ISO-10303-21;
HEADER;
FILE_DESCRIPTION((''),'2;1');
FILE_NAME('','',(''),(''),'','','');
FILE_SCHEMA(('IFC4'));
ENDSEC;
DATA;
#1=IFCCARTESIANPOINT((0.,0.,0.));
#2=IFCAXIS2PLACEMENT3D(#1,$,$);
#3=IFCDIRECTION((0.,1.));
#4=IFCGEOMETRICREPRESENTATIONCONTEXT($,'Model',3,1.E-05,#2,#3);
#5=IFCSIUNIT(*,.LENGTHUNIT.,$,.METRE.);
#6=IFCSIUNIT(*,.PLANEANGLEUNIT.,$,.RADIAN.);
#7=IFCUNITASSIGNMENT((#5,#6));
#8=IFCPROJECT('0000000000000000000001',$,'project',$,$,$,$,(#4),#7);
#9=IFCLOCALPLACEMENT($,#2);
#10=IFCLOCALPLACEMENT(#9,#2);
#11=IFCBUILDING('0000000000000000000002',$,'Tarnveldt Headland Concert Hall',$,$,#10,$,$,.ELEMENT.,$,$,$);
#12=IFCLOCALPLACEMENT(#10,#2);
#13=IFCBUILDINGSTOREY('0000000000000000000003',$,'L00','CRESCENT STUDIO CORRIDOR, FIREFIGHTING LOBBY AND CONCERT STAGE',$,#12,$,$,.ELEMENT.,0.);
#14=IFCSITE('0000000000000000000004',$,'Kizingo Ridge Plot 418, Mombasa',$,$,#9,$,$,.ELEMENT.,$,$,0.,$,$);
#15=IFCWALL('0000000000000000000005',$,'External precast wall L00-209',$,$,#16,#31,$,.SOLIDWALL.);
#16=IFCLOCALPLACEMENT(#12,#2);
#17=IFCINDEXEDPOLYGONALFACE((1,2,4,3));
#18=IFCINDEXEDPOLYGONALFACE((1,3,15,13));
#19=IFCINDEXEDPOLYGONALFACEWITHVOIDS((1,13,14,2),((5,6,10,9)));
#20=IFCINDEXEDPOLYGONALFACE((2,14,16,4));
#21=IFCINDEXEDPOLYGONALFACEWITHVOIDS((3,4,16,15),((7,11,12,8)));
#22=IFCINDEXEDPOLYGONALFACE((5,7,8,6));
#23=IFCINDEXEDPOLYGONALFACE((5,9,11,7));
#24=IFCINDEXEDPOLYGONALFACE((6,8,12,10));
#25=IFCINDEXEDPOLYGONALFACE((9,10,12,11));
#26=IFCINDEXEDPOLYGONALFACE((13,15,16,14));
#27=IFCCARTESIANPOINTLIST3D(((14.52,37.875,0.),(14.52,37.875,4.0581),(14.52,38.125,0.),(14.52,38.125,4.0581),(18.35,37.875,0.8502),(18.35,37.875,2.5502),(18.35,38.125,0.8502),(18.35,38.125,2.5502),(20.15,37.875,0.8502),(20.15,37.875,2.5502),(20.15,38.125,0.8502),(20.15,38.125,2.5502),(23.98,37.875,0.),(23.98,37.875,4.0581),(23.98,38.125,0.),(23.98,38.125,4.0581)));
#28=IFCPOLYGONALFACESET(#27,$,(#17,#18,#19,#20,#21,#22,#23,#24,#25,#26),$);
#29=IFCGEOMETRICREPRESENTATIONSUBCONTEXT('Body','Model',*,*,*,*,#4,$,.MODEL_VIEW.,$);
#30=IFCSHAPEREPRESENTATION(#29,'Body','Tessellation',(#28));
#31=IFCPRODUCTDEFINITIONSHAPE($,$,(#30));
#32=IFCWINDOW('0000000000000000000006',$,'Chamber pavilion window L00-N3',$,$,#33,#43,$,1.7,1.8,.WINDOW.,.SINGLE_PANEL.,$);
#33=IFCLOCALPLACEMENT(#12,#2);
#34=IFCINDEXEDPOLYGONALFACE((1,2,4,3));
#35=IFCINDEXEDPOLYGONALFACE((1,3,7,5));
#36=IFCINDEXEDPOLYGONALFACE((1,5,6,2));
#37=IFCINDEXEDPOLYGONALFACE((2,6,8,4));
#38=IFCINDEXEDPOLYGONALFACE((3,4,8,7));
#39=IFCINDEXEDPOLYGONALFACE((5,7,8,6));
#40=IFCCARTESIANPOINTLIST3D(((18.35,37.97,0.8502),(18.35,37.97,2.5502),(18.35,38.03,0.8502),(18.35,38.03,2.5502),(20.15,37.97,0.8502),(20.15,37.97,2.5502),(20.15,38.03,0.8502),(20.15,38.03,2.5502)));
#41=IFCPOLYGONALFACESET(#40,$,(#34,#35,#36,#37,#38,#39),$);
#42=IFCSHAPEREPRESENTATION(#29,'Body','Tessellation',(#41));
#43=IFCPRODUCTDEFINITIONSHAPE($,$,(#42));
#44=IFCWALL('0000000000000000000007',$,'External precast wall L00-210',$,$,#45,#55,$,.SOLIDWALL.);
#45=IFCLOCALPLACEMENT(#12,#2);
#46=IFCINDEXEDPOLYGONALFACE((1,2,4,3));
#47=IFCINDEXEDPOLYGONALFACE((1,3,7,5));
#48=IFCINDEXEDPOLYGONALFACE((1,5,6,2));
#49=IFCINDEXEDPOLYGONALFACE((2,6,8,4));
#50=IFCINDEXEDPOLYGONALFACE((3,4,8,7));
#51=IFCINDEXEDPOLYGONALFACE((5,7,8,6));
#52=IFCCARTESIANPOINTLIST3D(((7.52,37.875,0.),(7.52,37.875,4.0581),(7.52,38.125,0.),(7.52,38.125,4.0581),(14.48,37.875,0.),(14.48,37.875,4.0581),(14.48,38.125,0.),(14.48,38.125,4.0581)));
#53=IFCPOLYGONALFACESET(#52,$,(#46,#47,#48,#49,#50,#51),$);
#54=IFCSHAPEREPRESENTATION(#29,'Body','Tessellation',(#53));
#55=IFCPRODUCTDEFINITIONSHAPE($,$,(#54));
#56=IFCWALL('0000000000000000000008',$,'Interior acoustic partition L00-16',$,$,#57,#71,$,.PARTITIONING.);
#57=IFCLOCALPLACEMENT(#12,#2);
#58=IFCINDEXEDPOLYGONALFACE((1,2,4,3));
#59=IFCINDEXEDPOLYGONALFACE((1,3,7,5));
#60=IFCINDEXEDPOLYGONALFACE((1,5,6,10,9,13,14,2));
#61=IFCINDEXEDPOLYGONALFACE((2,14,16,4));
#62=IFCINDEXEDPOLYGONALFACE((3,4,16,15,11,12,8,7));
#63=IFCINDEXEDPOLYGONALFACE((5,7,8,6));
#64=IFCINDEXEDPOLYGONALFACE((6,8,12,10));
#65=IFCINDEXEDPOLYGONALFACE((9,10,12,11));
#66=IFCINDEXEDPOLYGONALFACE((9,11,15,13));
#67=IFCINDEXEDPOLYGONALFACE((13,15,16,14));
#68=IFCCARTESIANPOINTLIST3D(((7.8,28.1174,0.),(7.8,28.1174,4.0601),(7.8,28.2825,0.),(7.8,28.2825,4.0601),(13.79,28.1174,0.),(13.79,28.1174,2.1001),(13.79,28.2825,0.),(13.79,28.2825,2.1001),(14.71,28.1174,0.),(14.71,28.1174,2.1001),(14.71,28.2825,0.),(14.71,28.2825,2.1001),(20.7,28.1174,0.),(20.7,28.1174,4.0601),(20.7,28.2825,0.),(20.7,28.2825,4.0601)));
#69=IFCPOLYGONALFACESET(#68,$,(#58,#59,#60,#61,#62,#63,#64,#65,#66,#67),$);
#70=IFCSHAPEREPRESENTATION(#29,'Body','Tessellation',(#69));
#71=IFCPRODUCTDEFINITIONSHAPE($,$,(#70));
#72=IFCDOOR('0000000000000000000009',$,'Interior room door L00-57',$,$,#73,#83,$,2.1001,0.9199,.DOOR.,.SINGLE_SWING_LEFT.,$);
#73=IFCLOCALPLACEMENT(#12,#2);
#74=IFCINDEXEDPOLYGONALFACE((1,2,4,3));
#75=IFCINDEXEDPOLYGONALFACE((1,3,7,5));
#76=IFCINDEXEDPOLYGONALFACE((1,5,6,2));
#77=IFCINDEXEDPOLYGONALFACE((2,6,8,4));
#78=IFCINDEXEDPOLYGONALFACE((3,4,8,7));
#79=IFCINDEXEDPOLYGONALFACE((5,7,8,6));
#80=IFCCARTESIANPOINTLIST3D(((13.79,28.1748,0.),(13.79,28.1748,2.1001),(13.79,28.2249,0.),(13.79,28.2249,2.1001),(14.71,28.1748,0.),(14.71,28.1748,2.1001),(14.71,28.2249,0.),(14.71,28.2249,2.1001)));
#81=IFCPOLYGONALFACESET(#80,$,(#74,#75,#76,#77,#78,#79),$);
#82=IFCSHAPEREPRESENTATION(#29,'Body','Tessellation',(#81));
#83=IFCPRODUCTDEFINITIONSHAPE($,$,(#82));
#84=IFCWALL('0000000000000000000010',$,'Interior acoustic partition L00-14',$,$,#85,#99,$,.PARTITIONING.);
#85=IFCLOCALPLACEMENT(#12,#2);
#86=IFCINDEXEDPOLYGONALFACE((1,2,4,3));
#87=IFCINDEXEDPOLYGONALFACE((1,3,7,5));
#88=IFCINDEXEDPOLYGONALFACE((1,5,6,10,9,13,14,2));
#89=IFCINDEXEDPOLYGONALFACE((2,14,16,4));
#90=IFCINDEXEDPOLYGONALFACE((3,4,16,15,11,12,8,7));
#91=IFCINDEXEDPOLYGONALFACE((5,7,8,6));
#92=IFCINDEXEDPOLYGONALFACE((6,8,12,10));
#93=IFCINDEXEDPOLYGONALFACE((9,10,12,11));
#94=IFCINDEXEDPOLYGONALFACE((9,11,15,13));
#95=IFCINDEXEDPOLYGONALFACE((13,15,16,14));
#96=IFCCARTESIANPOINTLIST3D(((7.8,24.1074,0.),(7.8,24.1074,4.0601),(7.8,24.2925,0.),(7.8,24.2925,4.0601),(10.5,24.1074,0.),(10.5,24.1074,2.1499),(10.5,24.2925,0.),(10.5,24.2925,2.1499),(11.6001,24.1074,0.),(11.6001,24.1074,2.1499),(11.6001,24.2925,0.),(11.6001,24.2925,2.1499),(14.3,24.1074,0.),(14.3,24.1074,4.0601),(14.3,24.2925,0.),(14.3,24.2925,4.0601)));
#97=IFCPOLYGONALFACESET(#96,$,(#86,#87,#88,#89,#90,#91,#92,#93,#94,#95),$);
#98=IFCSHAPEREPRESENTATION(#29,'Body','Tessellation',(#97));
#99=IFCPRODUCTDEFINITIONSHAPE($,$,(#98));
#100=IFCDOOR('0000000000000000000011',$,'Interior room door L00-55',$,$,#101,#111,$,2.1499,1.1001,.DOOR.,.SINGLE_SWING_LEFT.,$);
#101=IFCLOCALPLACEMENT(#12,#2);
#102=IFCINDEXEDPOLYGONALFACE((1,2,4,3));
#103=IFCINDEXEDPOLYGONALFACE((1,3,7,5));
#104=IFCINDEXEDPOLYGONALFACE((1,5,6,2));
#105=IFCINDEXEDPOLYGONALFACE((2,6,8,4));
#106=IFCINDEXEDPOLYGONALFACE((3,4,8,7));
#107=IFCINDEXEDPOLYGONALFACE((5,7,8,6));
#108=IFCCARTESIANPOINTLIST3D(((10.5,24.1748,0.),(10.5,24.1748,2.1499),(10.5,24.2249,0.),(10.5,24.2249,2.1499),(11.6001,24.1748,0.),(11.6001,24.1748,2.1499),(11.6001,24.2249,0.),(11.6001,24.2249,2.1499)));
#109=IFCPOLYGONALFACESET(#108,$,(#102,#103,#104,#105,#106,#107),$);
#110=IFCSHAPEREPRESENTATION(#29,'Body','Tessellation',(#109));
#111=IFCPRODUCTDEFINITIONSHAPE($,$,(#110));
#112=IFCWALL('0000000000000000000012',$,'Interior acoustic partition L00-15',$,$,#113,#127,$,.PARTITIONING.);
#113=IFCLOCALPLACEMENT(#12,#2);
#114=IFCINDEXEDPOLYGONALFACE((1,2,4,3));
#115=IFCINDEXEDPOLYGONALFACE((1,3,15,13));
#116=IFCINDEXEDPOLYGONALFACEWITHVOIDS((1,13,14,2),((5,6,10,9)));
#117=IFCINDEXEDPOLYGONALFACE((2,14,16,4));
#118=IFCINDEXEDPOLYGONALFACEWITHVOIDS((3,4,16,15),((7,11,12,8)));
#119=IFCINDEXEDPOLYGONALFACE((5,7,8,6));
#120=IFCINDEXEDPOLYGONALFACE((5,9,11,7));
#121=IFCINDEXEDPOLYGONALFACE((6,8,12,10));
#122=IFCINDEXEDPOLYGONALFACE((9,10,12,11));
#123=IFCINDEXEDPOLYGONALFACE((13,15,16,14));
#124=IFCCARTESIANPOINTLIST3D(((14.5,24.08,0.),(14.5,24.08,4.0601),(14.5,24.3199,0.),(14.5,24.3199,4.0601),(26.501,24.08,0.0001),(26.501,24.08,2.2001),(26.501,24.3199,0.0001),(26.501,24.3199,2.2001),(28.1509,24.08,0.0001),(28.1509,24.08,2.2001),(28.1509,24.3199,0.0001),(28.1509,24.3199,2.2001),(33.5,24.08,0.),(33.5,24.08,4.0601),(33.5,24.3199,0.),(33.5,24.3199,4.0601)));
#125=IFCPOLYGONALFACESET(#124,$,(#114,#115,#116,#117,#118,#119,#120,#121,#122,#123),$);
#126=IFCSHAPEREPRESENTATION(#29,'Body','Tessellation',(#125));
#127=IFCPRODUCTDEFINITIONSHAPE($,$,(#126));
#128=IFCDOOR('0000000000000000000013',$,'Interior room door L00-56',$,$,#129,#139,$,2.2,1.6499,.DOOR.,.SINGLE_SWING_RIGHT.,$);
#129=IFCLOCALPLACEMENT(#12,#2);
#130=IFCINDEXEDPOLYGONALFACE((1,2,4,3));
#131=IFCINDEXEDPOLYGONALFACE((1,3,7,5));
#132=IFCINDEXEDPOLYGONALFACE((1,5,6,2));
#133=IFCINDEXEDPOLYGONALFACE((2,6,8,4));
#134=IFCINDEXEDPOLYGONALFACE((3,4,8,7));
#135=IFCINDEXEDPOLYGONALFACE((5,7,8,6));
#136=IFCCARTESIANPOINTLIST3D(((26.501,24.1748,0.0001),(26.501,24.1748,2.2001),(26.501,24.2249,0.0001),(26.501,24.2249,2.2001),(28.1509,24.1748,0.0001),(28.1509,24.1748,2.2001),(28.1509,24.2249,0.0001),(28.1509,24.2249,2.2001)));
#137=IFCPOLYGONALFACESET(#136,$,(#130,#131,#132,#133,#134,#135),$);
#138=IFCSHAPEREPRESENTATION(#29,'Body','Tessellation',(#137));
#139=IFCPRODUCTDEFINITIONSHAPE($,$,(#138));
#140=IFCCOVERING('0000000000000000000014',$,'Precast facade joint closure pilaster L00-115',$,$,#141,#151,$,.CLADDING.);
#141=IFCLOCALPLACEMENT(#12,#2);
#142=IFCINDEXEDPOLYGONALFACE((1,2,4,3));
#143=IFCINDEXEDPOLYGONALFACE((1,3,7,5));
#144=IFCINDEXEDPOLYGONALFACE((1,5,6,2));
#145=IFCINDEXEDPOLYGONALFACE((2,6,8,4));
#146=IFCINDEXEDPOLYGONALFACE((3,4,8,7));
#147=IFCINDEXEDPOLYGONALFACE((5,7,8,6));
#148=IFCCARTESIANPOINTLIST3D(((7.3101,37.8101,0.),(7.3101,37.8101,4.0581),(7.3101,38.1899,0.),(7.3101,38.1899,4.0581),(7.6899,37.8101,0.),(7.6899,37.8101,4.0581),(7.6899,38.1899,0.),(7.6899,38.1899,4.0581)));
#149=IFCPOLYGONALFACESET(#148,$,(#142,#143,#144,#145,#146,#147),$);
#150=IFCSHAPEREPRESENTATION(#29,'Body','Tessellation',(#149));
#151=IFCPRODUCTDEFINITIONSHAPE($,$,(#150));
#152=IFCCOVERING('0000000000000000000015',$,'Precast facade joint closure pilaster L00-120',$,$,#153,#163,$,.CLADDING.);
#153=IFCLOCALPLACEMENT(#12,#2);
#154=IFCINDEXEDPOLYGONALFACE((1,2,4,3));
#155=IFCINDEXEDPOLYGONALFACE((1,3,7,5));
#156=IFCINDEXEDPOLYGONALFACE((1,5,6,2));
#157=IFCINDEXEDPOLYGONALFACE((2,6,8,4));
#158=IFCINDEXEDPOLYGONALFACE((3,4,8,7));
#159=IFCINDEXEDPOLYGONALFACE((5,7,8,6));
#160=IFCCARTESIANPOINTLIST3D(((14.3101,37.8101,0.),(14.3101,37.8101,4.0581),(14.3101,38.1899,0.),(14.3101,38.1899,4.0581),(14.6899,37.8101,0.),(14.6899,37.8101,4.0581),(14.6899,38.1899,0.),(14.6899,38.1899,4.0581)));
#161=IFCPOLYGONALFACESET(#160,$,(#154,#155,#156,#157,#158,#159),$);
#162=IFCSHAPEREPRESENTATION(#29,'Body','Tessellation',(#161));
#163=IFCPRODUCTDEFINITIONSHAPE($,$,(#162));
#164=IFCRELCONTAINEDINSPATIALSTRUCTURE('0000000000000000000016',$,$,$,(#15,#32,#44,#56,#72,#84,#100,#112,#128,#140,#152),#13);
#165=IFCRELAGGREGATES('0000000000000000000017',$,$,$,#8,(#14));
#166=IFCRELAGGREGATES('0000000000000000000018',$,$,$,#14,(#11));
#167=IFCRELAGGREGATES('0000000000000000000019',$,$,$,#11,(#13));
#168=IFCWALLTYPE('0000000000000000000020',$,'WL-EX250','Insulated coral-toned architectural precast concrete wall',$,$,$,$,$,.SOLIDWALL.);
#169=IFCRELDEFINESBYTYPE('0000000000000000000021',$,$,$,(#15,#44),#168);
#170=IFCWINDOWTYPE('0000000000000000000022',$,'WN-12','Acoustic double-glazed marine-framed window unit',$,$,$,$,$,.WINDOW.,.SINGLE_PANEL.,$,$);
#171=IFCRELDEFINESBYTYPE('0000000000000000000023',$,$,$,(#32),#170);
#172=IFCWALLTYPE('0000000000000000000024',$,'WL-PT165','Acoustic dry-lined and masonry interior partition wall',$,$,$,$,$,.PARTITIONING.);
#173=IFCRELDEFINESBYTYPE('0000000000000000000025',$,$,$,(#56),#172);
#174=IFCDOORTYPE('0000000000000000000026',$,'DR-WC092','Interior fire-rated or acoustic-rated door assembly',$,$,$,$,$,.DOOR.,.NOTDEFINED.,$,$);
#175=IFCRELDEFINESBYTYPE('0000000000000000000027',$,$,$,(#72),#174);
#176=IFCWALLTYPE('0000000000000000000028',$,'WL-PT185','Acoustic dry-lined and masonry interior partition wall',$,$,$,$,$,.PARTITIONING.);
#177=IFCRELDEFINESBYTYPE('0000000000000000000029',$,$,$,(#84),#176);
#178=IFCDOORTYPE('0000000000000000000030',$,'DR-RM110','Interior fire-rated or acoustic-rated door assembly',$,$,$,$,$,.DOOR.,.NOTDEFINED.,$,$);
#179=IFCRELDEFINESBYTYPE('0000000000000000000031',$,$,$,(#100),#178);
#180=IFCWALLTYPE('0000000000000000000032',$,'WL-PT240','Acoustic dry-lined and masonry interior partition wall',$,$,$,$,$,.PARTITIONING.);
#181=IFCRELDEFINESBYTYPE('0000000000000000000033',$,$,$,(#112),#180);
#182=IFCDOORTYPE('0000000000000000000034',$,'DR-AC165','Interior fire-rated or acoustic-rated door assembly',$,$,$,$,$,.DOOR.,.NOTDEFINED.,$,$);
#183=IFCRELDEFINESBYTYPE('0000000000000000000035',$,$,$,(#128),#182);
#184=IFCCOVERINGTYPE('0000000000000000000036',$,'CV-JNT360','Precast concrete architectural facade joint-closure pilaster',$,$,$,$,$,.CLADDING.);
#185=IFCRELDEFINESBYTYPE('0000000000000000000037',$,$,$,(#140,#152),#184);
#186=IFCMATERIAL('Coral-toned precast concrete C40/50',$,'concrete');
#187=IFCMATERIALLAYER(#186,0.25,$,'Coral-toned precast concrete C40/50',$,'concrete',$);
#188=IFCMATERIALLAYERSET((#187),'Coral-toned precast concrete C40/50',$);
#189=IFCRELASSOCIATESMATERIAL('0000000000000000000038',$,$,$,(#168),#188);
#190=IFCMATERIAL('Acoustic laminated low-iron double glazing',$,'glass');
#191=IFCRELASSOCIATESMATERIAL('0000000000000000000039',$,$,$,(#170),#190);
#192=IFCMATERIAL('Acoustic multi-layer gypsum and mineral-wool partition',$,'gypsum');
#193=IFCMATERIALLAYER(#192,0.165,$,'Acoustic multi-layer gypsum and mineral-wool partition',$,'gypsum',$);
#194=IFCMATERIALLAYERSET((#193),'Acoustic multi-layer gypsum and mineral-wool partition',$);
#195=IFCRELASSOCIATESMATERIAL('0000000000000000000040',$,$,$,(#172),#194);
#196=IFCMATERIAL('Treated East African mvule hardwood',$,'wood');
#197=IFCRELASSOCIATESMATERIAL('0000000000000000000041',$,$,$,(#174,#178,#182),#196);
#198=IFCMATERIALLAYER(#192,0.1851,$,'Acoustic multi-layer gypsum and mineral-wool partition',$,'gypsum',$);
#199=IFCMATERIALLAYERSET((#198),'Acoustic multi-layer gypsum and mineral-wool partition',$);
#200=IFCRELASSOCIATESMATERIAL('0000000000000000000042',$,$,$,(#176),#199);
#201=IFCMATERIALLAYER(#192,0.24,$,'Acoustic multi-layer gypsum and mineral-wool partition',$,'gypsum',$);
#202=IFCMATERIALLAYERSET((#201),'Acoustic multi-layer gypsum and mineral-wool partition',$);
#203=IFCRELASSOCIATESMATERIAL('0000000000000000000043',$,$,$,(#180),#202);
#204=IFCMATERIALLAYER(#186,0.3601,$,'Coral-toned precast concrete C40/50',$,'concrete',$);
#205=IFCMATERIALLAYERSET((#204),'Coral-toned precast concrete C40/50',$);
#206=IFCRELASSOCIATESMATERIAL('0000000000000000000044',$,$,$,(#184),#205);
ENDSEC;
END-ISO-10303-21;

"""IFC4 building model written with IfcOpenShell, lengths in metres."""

from ifc_helpers import new_model, si_unit, direction, frame, frame_2d, origin, origin_2d, place, context, subcontext, project, spatial, rectangle, extrude, material, layer, layer_set, type_object, element, fill, save


model = new_model("IFC4")

# Units and contexts
model_context = context("Model", 3, precision=1e-05, world=origin(), true_north=direction((0.0, 1.0)))
body_context = subcontext(model_context, "Body", "Model", "MODEL_VIEW")
ifc_project = project(units=[si_unit("LENGTHUNIT", "METRE"), si_unit("PLANEANGLEUNIT", "RADIAN")], contexts=[model_context])

# Site, building, storey
site_placement = place(None, origin())
site = spatial("IfcSite", under=ifc_project, at=site_placement, Name="Kizingo Ridge Plot 418, Mombasa", CompositionType="ELEMENT", RefElevation=0.0)
building_placement = place(site_placement, origin())
building = spatial("IfcBuilding", under=site, at=building_placement, Name="Tarnveldt Headland Concert Hall", CompositionType="ELEMENT")
storey_placement = place(building_placement, origin())
storey = spatial("IfcBuildingStorey", under=building, at=storey_placement, Name="L00", Description="CRESCENT STUDIO CORRIDOR, FIREFIGHTING LOBBY AND CONCERT STAGE", CompositionType="ELEMENT", Elevation=0.0)

# Wall, opening, window
ifc_material_1 = material(Name="Coral-toned precast concrete C40/50", Category="concrete")
ifc_layer_1 = layer(ifc_material_1, 0.25, Name="Coral-toned precast concrete C40/50", Category="concrete")
ifc_layer_set_1 = layer_set([ifc_layer_1], Name="Coral-toned precast concrete C40/50")
wall_type_1 = type_object("IfcWallType", Name="WL-EX250", Description="Insulated coral-toned architectural precast concrete wall", PredefinedType="SOLIDWALL", material=ifc_layer_set_1)
wall_1_placement = place(storey_placement, frame((14.52, 38.0, 0.0), z_axis=(0.0, 0.0, 1.0), x_axis=(1.0, 0.0, 0.0)))
wall_1 = element("IfcWall", 1, at=wall_1_placement, inside=storey, type_object=wall_type_1, Name="External precast wall L00-209", PredefinedType="SOLIDWALL", context=body_context, shape_type="SweptSolid", body=[
    extrude(rectangle(XDim=9.46, YDim=0.25, at=frame_2d((4.73, 0.0))), origin(), (0.0, 0.0, 1.0), 4.0581),
])
opening_1_placement = place(wall_1_placement, frame((3.8301, 0.0, 0.8501)))
opening_1 = element("IfcOpeningElement", 2, at=opening_1_placement, cuts=wall_1, PredefinedType="OPENING", context=body_context, shape_type="SweptSolid", body=[
    extrude(rectangle(XDim=1.8, YDim=1.7, at=frame_2d((0.8999, 0.8501))), frame((0.0, 0.135, 0.0), z_axis=(0.0, -1.0, 0.0), x_axis=(1.0, 0.0, 0.0)), (0.0, 0.0, 1.0), 0.27),
])
ifc_material_2 = material(Name="Acoustic laminated low-iron double glazing", Category="glass")
window_type = type_object("IfcWindowType", Name="WN-12", Description="Acoustic double-glazed marine-framed window unit", PartitioningType="SINGLE_PANEL", PredefinedType="WINDOW", material=ifc_material_2)
window_placement = place(opening_1_placement, origin())
window = element("IfcWindow", 3, at=window_placement, inside=storey, type_object=window_type, Name="Chamber pavilion window L00-N3", OverallHeight=1.7, OverallWidth=1.8, PartitioningType="SINGLE_PANEL", PredefinedType="WINDOW", context=body_context, shape_type="SweptSolid", body=[
    extrude(rectangle(XDim=1.8, YDim=1.7, at=frame_2d((0.8999, 0.8501))), frame((0.0, 0.03, 0.0), z_axis=(0.0, -1.0, 0.0), x_axis=(1.0, 0.0, 0.0)), (0.0, 0.0, 1.0), 0.0601),
])
fill(opening_1, window)

# Wall
wall_2_placement = place(storey_placement, frame((7.52, 38.0, 0.0), z_axis=(0.0, 0.0, 1.0), x_axis=(1.0, 0.0, 0.0)))
element("IfcWall", 4, at=wall_2_placement, inside=storey, type_object=wall_type_1, Name="External precast wall L00-210", PredefinedType="SOLIDWALL", context=body_context, shape_type="SweptSolid", body=[
    extrude(rectangle(XDim=6.96, YDim=0.25, at=frame_2d((3.48, 0.0))), origin(), (0.0, 0.0, 1.0), 4.0581),
])

# Walls, openings, doors
ifc_material_3 = material(Name="Acoustic multi-layer gypsum and mineral-wool partition", Category="gypsum")
ifc_layer_2 = layer(ifc_material_3, 0.165, Name="Acoustic multi-layer gypsum and mineral-wool partition", Category="gypsum")
ifc_layer_set_2 = layer_set([ifc_layer_2], Name="Acoustic multi-layer gypsum and mineral-wool partition")
wall_type_2 = type_object("IfcWallType", Name="WL-PT165", Description="Acoustic dry-lined and masonry interior partition wall", PredefinedType="PARTITIONING", material=ifc_layer_set_2)
wall_3_placement = place(storey_placement, frame((7.8, 28.2, 0.0), z_axis=(0.0, 0.0, 1.0), x_axis=(1.0, 0.0, 0.0)))
wall_3 = element("IfcWall", 5, at=wall_3_placement, inside=storey, type_object=wall_type_2, Name="Interior acoustic partition L00-16", PredefinedType="PARTITIONING", context=body_context, shape_type="SweptSolid", body=[
    extrude(rectangle(XDim=12.8999, YDim=0.165, at=frame_2d((6.45, 0.0))), origin(), (0.0, 0.0, 1.0), 4.0601),
])
opening_2_placement = place(wall_3_placement, frame((5.99, 0.0, 0.0)))
opening_2 = element("IfcOpeningElement", 6, at=opening_2_placement, cuts=wall_3, PredefinedType="OPENING", context=body_context, shape_type="SweptSolid", body=[
    extrude(rectangle(XDim=0.9199, YDim=2.1001, at=frame_2d((0.46, 1.05))), frame((0.0, 0.0925, 0.0), z_axis=(0.0, -1.0, 0.0), x_axis=(1.0, 0.0, 0.0)), (0.0, 0.0, 1.0), 0.1851),
])
ifc_material_4 = material(Name="Treated East African mvule hardwood", Category="wood")
door_type_1 = type_object("IfcDoorType", Name="DR-WC092", Description="Interior fire-rated or acoustic-rated door assembly", OperationType="NOTDEFINED", PredefinedType="DOOR", material=ifc_material_4)
door_1_placement = place(opening_2_placement, origin())
door_1 = element("IfcDoor", 7, at=door_1_placement, inside=storey, type_object=door_type_1, Name="Interior room door L00-57", OperationType="SINGLE_SWING_LEFT", OverallHeight=2.1001, OverallWidth=0.9199, PredefinedType="DOOR", context=body_context, shape_type="SweptSolid", body=[
    extrude(rectangle(XDim=0.9199, YDim=2.1001, at=frame_2d((0.46, 1.05))), frame((0.0, 0.0249, 0.0), z_axis=(0.0, -1.0, 0.0), x_axis=(1.0, 0.0, 0.0)), (0.0, 0.0, 1.0), 0.05),
])
fill(opening_2, door_1)
ifc_layer_3 = layer(ifc_material_3, 0.1851, Name="Acoustic multi-layer gypsum and mineral-wool partition", Category="gypsum")
ifc_layer_set_3 = layer_set([ifc_layer_3], Name="Acoustic multi-layer gypsum and mineral-wool partition")
wall_type_3 = type_object("IfcWallType", Name="WL-PT185", Description="Acoustic dry-lined and masonry interior partition wall", PredefinedType="PARTITIONING", material=ifc_layer_set_3)
wall_4_placement = place(storey_placement, frame((7.8, 24.2, 0.0), z_axis=(0.0, 0.0, 1.0), x_axis=(1.0, 0.0, 0.0)))
wall_4 = element("IfcWall", 8, at=wall_4_placement, inside=storey, type_object=wall_type_3, Name="Interior acoustic partition L00-14", PredefinedType="PARTITIONING", context=body_context, shape_type="SweptSolid", body=[
    extrude(rectangle(XDim=6.5, YDim=0.1851, at=frame_2d((3.25, 0.0))), origin(), (0.0, 0.0, 1.0), 4.0601),
])
opening_3_placement = place(wall_4_placement, frame((2.7, 0.0, 0.0)))
opening_3 = element("IfcOpeningElement", 9, at=opening_3_placement, cuts=wall_4, PredefinedType="OPENING", context=body_context, shape_type="SweptSolid", body=[
    extrude(rectangle(XDim=1.1001, YDim=2.1499, at=frame_2d((0.55, 1.075))), frame((0.0, 0.1025, 0.0), z_axis=(0.0, -1.0, 0.0), x_axis=(1.0, 0.0, 0.0)), (0.0, 0.0, 1.0), 0.2051),
])
door_type_2 = type_object("IfcDoorType", Name="DR-RM110", Description="Interior fire-rated or acoustic-rated door assembly", OperationType="NOTDEFINED", PredefinedType="DOOR", material=ifc_material_4)
door_2_placement = place(opening_3_placement, origin())
door_2 = element("IfcDoor", 10, at=door_2_placement, inside=storey, type_object=door_type_2, Name="Interior room door L00-55", OperationType="SINGLE_SWING_LEFT", OverallHeight=2.1499, OverallWidth=1.1001, PredefinedType="DOOR", context=body_context, shape_type="SweptSolid", body=[
    extrude(rectangle(XDim=1.1001, YDim=2.1499, at=frame_2d((0.55, 1.075))), frame((0.0, 0.0249, 0.0), z_axis=(0.0, -1.0, 0.0), x_axis=(1.0, 0.0, 0.0)), (0.0, 0.0, 1.0), 0.05),
])
fill(opening_3, door_2)
ifc_layer_4 = layer(ifc_material_3, 0.24, Name="Acoustic multi-layer gypsum and mineral-wool partition", Category="gypsum")
ifc_layer_set_4 = layer_set([ifc_layer_4], Name="Acoustic multi-layer gypsum and mineral-wool partition")
wall_type_4 = type_object("IfcWallType", Name="WL-PT240", Description="Acoustic dry-lined and masonry interior partition wall", PredefinedType="PARTITIONING", material=ifc_layer_set_4)
wall_5_placement = place(storey_placement, frame((14.5, 24.2, 0.0), z_axis=(0.0, 0.0, 1.0), x_axis=(1.0, 0.0, 0.0)))
wall_5 = element("IfcWall", 11, at=wall_5_placement, inside=storey, type_object=wall_type_4, Name="Interior acoustic partition L00-15", PredefinedType="PARTITIONING", context=body_context, shape_type="SweptSolid", body=[
    extrude(rectangle(XDim=19.0, YDim=0.24, at=frame_2d((9.5, 0.0))), origin(), (0.0, 0.0, 1.0), 4.0601),
])
opening_4_placement = place(wall_5_placement, frame((12.001, 0.0, 0.0)))
opening_4 = element("IfcOpeningElement", 12, at=opening_4_placement, cuts=wall_5, PredefinedType="OPENING", context=body_context, shape_type="SweptSolid", body=[
    extrude(rectangle(XDim=1.6499, YDim=2.2, at=frame_2d((0.825, 1.1001))), frame((0.0, 0.1299, 0.0), z_axis=(0.0, -1.0, 0.0), x_axis=(1.0, 0.0, 0.0)), (0.0, 0.0, 1.0), 0.26),
])
door_type_3 = type_object("IfcDoorType", Name="DR-AC165", Description="Interior fire-rated or acoustic-rated door assembly", OperationType="NOTDEFINED", PredefinedType="DOOR", material=ifc_material_4)
door_3_placement = place(opening_4_placement, origin())
door_3 = element("IfcDoor", 13, at=door_3_placement, inside=storey, type_object=door_type_3, Name="Interior room door L00-56", OperationType="SINGLE_SWING_RIGHT", OverallHeight=2.2, OverallWidth=1.6499, PredefinedType="DOOR", context=body_context, shape_type="SweptSolid", body=[
    extrude(rectangle(XDim=1.6499, YDim=2.2, at=frame_2d((0.825, 1.1001))), frame((0.0, 0.0249, 0.0), z_axis=(0.0, -1.0, 0.0), x_axis=(1.0, 0.0, 0.0)), (0.0, 0.0, 1.0), 0.05),
])
fill(opening_4, door_3)

# Coverings
ifc_layer_5 = layer(ifc_material_1, 0.3601, Name="Coral-toned precast concrete C40/50", Category="concrete")
ifc_layer_set_5 = layer_set([ifc_layer_5], Name="Coral-toned precast concrete C40/50")
covering_type = type_object("IfcCoveringType", Name="CV-JNT360", Description="Precast concrete architectural facade joint-closure pilaster", PredefinedType="CLADDING", material=ifc_layer_set_5)
for number, where, z_axis, x_axis, name in (
    (14, (7.5, 38.0, 0.0), (0.0, 0.0, 1.0), (1.0, 0.0, 0.0), "Precast facade joint closure pilaster L00-115"),
    (15, (14.5, 38.0, 0.0), (0.0, 0.0, 1.0), (1.0, 0.0, 0.0), "Precast facade joint closure pilaster L00-120"),
):
    element("IfcCovering", number, at=place(storey_placement, frame(where, z_axis=z_axis, x_axis=x_axis)), inside=storey, type_object=covering_type, Name=name, PredefinedType="CLADDING", context=body_context, shape_type="SweptSolid", body=[
        extrude(rectangle(XDim=0.3799, YDim=0.3799, at=origin_2d()), origin(), (0.0, 0.0, 1.0), 4.0581),
    ])

save(model, "model.ifc")
